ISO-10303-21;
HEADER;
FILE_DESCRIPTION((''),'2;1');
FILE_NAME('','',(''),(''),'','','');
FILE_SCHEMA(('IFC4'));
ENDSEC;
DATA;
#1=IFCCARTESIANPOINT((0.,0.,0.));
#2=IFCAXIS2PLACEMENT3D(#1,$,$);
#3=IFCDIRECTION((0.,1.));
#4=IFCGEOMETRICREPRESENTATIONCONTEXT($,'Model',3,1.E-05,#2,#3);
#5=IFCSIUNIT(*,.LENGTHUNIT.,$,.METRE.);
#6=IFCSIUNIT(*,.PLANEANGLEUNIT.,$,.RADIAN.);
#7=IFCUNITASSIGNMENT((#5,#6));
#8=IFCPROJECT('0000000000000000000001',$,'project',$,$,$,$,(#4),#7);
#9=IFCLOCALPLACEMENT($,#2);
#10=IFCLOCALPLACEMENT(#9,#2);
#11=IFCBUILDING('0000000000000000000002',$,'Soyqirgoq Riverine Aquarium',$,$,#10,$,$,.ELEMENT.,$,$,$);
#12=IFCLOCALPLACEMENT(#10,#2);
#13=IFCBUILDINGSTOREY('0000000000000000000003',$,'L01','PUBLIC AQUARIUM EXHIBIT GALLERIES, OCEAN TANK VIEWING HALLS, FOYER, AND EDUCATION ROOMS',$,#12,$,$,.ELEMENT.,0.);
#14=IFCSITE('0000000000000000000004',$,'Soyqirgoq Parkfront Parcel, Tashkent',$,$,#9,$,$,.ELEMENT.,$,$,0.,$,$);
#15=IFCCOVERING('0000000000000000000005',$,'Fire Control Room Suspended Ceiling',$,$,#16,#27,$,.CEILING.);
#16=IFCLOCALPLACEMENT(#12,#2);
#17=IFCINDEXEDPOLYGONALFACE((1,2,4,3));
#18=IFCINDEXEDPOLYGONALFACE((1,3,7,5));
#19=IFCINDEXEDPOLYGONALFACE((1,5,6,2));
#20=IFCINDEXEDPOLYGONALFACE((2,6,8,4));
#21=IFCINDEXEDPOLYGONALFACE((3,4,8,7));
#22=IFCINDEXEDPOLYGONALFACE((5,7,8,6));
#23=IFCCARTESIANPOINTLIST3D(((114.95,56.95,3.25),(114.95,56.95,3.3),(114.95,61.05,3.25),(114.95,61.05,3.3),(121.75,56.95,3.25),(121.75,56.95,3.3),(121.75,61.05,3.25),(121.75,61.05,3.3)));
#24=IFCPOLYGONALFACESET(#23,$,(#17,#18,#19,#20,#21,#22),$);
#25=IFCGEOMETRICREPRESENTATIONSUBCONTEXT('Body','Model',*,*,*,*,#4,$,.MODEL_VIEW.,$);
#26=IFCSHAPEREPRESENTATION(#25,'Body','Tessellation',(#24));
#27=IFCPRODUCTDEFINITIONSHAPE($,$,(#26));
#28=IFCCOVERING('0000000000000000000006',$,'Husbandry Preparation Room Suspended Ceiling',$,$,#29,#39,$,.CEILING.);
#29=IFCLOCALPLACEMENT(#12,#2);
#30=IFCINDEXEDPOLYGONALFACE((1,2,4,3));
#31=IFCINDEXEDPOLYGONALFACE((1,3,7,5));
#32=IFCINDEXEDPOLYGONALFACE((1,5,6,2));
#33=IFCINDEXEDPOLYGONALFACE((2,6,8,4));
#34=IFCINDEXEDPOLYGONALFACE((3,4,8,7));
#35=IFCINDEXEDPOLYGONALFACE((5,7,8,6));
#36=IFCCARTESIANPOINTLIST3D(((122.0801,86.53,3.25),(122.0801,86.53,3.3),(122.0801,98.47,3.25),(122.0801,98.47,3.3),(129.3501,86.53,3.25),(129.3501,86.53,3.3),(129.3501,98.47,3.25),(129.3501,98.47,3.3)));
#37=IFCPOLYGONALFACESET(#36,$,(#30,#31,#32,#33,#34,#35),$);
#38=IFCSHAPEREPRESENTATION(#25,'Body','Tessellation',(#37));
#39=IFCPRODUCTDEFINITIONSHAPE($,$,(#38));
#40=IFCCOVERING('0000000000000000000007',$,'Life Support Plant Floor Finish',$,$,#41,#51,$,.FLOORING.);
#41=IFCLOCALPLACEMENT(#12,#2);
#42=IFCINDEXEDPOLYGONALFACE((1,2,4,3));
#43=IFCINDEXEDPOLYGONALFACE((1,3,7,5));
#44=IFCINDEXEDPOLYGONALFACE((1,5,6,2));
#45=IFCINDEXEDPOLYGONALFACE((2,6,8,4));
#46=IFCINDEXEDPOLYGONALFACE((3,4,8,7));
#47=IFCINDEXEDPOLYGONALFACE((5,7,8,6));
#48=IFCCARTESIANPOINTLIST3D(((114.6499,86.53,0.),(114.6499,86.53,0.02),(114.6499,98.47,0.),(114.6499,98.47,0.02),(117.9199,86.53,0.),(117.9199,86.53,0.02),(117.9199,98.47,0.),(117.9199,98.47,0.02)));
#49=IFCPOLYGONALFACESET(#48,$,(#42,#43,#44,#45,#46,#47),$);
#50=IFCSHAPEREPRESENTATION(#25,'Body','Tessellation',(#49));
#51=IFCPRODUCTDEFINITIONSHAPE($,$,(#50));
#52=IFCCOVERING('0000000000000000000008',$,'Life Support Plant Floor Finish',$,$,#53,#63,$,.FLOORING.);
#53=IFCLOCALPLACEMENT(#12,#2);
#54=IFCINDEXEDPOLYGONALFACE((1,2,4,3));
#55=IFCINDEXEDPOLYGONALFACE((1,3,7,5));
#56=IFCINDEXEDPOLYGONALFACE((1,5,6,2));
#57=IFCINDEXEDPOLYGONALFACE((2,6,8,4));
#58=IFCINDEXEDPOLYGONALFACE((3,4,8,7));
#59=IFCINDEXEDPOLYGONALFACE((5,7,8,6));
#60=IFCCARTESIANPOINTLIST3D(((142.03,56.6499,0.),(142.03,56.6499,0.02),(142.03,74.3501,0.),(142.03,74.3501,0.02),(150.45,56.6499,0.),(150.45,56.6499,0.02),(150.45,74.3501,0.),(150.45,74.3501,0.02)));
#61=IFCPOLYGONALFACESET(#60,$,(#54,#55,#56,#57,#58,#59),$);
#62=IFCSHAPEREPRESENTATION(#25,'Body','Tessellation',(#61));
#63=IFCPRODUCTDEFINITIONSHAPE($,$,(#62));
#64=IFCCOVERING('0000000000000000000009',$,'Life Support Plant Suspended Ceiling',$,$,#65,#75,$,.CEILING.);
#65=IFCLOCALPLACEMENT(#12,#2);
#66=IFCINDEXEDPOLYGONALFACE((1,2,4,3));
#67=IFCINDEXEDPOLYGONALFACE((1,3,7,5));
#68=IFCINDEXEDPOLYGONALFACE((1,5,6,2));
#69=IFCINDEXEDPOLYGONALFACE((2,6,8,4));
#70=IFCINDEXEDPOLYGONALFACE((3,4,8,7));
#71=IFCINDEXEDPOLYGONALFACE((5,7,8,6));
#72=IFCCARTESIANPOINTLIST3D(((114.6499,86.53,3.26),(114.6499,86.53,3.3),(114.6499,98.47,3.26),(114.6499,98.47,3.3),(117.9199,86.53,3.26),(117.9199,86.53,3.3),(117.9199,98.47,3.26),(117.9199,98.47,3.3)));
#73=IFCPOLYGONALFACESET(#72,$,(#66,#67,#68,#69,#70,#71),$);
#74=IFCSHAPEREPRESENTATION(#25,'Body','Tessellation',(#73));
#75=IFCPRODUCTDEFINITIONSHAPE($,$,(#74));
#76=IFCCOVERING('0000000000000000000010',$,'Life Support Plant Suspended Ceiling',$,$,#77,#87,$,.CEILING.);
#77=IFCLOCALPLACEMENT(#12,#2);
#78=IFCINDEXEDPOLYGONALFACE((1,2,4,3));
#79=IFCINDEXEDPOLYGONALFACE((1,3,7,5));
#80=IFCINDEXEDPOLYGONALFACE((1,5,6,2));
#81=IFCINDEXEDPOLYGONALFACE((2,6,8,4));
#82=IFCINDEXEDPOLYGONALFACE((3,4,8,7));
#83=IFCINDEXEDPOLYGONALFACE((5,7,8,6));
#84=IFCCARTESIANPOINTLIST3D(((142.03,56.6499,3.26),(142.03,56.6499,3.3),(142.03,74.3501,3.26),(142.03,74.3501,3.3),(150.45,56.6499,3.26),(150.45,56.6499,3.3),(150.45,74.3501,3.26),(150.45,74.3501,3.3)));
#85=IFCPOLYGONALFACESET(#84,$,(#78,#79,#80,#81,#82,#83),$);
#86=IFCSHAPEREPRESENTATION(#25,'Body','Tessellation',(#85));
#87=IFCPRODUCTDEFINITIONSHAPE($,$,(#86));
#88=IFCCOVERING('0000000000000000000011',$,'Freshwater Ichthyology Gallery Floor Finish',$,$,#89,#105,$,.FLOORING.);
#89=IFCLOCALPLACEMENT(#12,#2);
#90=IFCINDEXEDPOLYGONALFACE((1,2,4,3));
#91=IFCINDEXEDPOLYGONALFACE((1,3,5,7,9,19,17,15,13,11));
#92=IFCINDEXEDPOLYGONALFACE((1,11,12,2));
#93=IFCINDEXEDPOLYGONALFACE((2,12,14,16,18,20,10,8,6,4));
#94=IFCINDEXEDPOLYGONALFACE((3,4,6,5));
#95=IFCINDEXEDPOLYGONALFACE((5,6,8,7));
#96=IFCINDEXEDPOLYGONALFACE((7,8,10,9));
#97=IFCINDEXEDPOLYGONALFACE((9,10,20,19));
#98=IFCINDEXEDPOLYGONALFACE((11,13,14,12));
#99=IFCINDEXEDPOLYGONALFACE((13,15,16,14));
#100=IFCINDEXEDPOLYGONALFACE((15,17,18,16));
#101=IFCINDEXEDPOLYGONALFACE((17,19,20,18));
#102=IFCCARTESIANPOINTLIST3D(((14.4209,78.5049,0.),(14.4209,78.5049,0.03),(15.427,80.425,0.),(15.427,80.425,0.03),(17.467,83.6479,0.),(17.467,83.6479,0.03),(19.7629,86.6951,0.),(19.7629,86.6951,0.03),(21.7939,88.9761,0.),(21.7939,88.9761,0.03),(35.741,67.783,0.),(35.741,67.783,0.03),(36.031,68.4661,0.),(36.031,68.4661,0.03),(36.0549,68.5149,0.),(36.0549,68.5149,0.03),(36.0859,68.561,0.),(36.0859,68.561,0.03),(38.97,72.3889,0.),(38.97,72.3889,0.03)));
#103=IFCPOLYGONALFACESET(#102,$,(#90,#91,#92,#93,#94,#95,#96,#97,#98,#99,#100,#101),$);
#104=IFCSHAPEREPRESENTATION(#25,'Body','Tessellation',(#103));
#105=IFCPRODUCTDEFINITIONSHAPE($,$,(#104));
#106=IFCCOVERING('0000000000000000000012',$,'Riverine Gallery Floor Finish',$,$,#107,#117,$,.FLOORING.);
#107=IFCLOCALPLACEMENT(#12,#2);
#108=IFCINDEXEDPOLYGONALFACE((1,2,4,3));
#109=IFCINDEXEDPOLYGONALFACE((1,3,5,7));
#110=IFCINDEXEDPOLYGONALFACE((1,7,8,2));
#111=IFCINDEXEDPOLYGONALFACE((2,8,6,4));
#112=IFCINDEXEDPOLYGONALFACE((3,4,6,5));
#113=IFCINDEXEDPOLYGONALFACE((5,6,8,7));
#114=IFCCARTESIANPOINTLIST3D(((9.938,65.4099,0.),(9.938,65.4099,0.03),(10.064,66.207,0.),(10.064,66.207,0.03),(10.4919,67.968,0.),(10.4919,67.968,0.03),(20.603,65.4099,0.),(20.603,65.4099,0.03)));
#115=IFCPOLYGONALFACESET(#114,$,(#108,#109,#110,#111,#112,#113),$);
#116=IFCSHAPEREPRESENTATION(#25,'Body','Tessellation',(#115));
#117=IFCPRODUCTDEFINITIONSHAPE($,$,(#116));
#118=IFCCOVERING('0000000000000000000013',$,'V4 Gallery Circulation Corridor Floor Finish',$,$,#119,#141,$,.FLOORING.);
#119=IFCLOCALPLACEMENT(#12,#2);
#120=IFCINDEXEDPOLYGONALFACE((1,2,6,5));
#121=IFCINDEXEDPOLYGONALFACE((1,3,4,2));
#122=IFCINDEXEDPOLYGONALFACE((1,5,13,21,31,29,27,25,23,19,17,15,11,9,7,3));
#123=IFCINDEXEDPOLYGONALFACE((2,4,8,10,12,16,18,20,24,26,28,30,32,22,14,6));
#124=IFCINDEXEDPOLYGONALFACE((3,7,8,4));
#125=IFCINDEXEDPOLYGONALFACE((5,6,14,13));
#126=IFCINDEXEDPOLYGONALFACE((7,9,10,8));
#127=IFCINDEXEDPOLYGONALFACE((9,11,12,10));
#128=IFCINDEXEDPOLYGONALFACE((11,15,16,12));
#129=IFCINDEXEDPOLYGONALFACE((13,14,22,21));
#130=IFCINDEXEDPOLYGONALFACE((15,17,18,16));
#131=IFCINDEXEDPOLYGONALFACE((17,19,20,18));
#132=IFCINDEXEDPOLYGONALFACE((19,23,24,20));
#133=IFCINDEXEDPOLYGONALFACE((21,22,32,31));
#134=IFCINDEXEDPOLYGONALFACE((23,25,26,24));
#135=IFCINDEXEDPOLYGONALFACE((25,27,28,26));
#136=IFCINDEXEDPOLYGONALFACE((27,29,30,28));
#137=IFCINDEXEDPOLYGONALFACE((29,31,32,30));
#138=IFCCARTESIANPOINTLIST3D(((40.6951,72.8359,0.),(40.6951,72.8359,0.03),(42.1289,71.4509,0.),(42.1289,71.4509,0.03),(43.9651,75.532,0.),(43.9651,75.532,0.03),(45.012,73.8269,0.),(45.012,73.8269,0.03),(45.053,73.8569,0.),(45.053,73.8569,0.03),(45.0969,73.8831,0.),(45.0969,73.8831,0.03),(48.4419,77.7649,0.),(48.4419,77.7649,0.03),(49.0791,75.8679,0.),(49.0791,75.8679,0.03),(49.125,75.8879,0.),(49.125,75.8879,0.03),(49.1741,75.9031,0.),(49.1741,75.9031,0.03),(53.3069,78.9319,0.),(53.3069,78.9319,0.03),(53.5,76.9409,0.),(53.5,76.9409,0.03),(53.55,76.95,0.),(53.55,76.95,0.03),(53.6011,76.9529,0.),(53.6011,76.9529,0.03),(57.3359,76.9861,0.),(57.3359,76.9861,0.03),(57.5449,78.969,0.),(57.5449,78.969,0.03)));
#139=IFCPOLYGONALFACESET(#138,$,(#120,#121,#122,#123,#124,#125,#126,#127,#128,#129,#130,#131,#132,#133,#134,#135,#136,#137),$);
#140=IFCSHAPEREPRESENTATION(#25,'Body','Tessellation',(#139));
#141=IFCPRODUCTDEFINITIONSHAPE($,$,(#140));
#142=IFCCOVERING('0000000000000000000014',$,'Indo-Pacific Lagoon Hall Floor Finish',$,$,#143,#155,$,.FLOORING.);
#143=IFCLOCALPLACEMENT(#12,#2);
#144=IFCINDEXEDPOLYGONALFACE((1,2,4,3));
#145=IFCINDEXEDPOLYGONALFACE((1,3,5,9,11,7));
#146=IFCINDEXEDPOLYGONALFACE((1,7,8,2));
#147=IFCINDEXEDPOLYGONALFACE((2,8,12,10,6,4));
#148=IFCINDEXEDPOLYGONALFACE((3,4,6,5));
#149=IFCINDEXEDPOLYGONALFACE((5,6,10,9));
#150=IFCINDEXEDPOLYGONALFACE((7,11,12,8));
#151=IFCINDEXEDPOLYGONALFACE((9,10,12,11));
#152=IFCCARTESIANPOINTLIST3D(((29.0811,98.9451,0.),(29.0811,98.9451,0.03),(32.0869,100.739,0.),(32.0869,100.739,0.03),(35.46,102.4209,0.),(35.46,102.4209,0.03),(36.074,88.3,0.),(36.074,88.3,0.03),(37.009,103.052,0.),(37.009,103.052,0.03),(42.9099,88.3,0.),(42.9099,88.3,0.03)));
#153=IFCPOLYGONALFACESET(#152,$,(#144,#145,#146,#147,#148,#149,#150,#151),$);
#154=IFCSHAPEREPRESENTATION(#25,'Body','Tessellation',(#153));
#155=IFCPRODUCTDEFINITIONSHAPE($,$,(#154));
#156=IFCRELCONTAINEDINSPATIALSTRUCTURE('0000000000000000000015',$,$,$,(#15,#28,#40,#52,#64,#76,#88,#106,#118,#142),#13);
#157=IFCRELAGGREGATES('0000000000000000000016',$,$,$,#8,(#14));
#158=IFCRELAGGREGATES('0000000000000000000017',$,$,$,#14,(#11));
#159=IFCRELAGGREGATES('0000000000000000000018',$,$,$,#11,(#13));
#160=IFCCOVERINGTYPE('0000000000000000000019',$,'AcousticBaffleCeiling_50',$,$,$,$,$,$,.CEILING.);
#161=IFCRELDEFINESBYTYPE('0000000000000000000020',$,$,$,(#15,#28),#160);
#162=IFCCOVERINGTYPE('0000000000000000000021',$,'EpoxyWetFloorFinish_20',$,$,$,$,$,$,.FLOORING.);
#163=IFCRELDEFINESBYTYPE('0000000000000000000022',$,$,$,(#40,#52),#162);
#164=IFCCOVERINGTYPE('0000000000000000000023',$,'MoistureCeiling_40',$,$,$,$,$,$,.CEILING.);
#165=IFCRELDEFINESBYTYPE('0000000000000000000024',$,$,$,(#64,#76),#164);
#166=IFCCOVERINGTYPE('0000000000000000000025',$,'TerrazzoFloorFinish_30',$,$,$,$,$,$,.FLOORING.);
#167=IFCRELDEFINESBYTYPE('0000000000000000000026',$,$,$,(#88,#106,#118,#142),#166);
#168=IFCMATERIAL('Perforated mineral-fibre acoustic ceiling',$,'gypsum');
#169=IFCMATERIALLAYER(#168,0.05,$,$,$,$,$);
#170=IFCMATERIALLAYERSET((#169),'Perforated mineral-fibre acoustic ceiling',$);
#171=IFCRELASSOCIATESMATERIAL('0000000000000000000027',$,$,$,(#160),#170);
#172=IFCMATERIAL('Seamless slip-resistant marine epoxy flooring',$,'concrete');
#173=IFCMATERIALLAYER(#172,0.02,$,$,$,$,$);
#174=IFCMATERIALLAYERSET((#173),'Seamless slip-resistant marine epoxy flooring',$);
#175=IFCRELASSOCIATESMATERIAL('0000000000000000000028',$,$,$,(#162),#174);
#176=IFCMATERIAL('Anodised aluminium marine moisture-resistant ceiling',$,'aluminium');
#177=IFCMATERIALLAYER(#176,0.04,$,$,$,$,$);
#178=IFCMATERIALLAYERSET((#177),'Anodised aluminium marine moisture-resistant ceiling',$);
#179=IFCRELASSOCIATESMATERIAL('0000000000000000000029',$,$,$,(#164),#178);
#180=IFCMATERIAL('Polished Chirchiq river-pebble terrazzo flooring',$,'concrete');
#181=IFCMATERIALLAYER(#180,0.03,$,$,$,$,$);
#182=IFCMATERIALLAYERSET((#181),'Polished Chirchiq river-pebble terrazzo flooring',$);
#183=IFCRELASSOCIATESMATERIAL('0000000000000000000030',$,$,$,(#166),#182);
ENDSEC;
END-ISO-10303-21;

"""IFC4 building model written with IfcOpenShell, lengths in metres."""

from ifc_helpers import new_model, si_unit, direction, frame, origin, place, context, subcontext, project, spatial, polyline, outline, extrude, material, layer, layer_set, type_object, element, save


model = new_model("IFC4")

# Units and contexts
model_context = context("Model", 3, precision=1e-05, world=origin(), true_north=direction((0.0, 1.0)))
body_context = subcontext(model_context, "Body", "Model", "MODEL_VIEW")
ifc_project = project(units=[si_unit("LENGTHUNIT", "METRE"), si_unit("PLANEANGLEUNIT", "RADIAN")], contexts=[model_context])

# Site, building, storey
site_placement = place(None, origin())
site = spatial("IfcSite", under=ifc_project, at=site_placement, Name="Soyqirgoq Parkfront Parcel, Tashkent", CompositionType="ELEMENT", RefElevation=0.0)
building_placement = place(site_placement, origin())
building = spatial("IfcBuilding", under=site, at=building_placement, Name="Soyqirgoq Riverine Aquarium", CompositionType="ELEMENT")
storey_placement = place(building_placement, origin())
storey = spatial("IfcBuildingStorey", under=building, at=storey_placement, Name="L01", Description="PUBLIC AQUARIUM EXHIBIT GALLERIES, OCEAN TANK VIEWING HALLS, FOYER, AND EDUCATION ROOMS", CompositionType="ELEMENT", Elevation=0.0)

# Coverings
ifc_material_1 = material(Name="Perforated mineral-fibre acoustic ceiling", Category="gypsum")
ifc_layer_1 = layer(ifc_material_1, 0.05)
ifc_layer_set_1 = layer_set([ifc_layer_1], Name="Perforated mineral-fibre acoustic ceiling")
covering_type_1 = type_object("IfcCoveringType", Name="AcousticBaffleCeiling_50", PredefinedType="CEILING", material=ifc_layer_set_1)
covering_1_placement = place(storey_placement, frame((0.0, 0.0, 3.25)))
element("IfcCovering", 1, at=covering_1_placement, inside=storey, type_object=covering_type_1, Name="Fire Control Room Suspended Ceiling", PredefinedType="CEILING", context=body_context, shape_type="SweptSolid", body=[
    extrude(outline(polyline([(114.95, 56.95), (114.95, 61.05), (121.75, 61.05), (121.75, 56.95), (114.95, 56.95)])), origin(), (0.0, 0.0, 1.0), 0.05),
])
covering_2_placement = place(storey_placement, frame((0.0, 0.0, 3.25)))
element("IfcCovering", 2, at=covering_2_placement, inside=storey, type_object=covering_type_1, Name="Husbandry Preparation Room Suspended Ceiling", PredefinedType="CEILING", context=body_context, shape_type="SweptSolid", body=[
    extrude(outline(polyline([(129.3501, 86.53), (122.0801, 86.53), (122.0801, 98.47), (129.3501, 98.47), (129.3501, 86.53)])), origin(), (0.0, 0.0, 1.0), 0.05),
])
ifc_material_2 = material(Name="Seamless slip-resistant marine epoxy flooring", Category="concrete")
ifc_layer_2 = layer(ifc_material_2, 0.02)
ifc_layer_set_2 = layer_set([ifc_layer_2], Name="Seamless slip-resistant marine epoxy flooring")
covering_type_2 = type_object("IfcCoveringType", Name="EpoxyWetFloorFinish_20", PredefinedType="FLOORING", material=ifc_layer_set_2)
covering_3_placement = place(storey_placement, origin())
element("IfcCovering", 3, at=covering_3_placement, inside=storey, type_object=covering_type_2, Name="Life Support Plant Floor Finish", PredefinedType="FLOORING", context=body_context, shape_type="SweptSolid", body=[
    extrude(outline(polyline([(114.6499, 98.47), (117.9199, 98.47), (117.9199, 86.53), (114.6499, 86.53), (114.6499, 98.47)])), origin(), (0.0, 0.0, 1.0), 0.02),
])
covering_4_placement = place(storey_placement, origin())
element("IfcCovering", 4, at=covering_4_placement, inside=storey, type_object=covering_type_2, Name="Life Support Plant Floor Finish", PredefinedType="FLOORING", context=body_context, shape_type="SweptSolid", body=[
    extrude(outline(polyline([(142.03, 56.6499), (142.03, 74.3501), (150.45, 74.3501), (150.45, 56.6499), (142.03, 56.6499)])), origin(), (0.0, 0.0, 1.0), 0.02),
])
ifc_material_3 = material(Name="Anodised aluminium marine moisture-resistant ceiling", Category="aluminium")
ifc_layer_3 = layer(ifc_material_3, 0.04)
ifc_layer_set_3 = layer_set([ifc_layer_3], Name="Anodised aluminium marine moisture-resistant ceiling")
covering_type_3 = type_object("IfcCoveringType", Name="MoistureCeiling_40", PredefinedType="CEILING", material=ifc_layer_set_3)
covering_5_placement = place(storey_placement, frame((0.0, 0.0, 3.26)))
element("IfcCovering", 5, at=covering_5_placement, inside=storey, type_object=covering_type_3, Name="Life Support Plant Suspended Ceiling", PredefinedType="CEILING", context=body_context, shape_type="SweptSolid", body=[
    extrude(outline(polyline([(114.6499, 98.47), (117.9199, 98.47), (117.9199, 86.53), (114.6499, 86.53), (114.6499, 98.47)])), origin(), (0.0, 0.0, 1.0), 0.04),
])
covering_6_placement = place(storey_placement, frame((0.0, 0.0, 3.26)))
element("IfcCovering", 6, at=covering_6_placement, inside=storey, type_object=covering_type_3, Name="Life Support Plant Suspended Ceiling", PredefinedType="CEILING", context=body_context, shape_type="SweptSolid", body=[
    extrude(outline(polyline([(142.03, 56.6499), (142.03, 74.3501), (150.45, 74.3501), (150.45, 56.6499), (142.03, 56.6499)])), origin(), (0.0, 0.0, 1.0), 0.04),
])
ifc_material_4 = material(Name="Polished Chirchiq river-pebble terrazzo flooring", Category="concrete")
ifc_layer_4 = layer(ifc_material_4, 0.03)
ifc_layer_set_4 = layer_set([ifc_layer_4], Name="Polished Chirchiq river-pebble terrazzo flooring")
covering_type_4 = type_object("IfcCoveringType", Name="TerrazzoFloorFinish_30", PredefinedType="FLOORING", material=ifc_layer_set_4)
covering_7_placement = place(storey_placement, origin())
element("IfcCovering", 7, at=covering_7_placement, inside=storey, type_object=covering_type_4, Name="Freshwater Ichthyology Gallery Floor Finish", PredefinedType="FLOORING", context=body_context, shape_type="SweptSolid", body=[
    extrude(outline(polyline([(15.427, 80.425), (17.467, 83.6479), (19.7629, 86.6951), (21.7939, 88.9761), (38.97, 72.3889), (36.0859, 68.561), (36.0549, 68.5149), (36.031, 68.4661), (35.741, 67.783), (14.4209, 78.5049), (15.427, 80.425)])), origin(), (0.0, 0.0, 1.0), 0.03),
])
covering_8_placement = place(storey_placement, origin())
element("IfcCovering", 8, at=covering_8_placement, inside=storey, type_object=covering_type_4, Name="Riverine Gallery Floor Finish", PredefinedType="FLOORING", context=body_context, shape_type="SweptSolid", body=[
    extrude(outline(polyline([(10.064, 66.207), (10.4919, 67.968), (20.603, 65.4099), (9.938, 65.4099), (10.064, 66.207)])), origin(), (0.0, 0.0, 1.0), 0.03),
])
covering_9_placement = place(storey_placement, origin())
element("IfcCovering", 9, at=covering_9_placement, inside=storey, type_object=covering_type_4, Name="V4 Gallery Circulation Corridor Floor Finish", PredefinedType="FLOORING", context=body_context, shape_type="SweptSolid", body=[
    extrude(outline(polyline([(57.3359, 76.9861), (53.6011, 76.9529), (53.55, 76.95), (53.5, 76.9409), (49.1741, 75.9031), (49.125, 75.8879), (49.0791, 75.8679), (45.0969, 73.8831), (45.053, 73.8569), (45.012, 73.8269), (42.1289, 71.4509), (40.6951, 72.8359), (43.9651, 75.532), (48.4419, 77.7649), (53.3069, 78.9319), (57.5449, 78.969), (57.3359, 76.9861)])), origin(), (0.0, 0.0, 1.0), 0.03),
])
covering_10_placement = place(storey_placement, origin())
element("IfcCovering", 10, at=covering_10_placement, inside=storey, type_object=covering_type_4, Name="Indo-Pacific Lagoon Hall Floor Finish", PredefinedType="FLOORING", context=body_context, shape_type="SweptSolid", body=[
    extrude(outline(polyline([(32.0869, 100.739), (35.46, 102.4209), (37.009, 103.052), (42.9099, 88.3), (36.074, 88.3), (29.0811, 98.9451), (32.0869, 100.739)])), origin(), (0.0, 0.0, 1.0), 0.03),
])

save(model, "model.ifc")
